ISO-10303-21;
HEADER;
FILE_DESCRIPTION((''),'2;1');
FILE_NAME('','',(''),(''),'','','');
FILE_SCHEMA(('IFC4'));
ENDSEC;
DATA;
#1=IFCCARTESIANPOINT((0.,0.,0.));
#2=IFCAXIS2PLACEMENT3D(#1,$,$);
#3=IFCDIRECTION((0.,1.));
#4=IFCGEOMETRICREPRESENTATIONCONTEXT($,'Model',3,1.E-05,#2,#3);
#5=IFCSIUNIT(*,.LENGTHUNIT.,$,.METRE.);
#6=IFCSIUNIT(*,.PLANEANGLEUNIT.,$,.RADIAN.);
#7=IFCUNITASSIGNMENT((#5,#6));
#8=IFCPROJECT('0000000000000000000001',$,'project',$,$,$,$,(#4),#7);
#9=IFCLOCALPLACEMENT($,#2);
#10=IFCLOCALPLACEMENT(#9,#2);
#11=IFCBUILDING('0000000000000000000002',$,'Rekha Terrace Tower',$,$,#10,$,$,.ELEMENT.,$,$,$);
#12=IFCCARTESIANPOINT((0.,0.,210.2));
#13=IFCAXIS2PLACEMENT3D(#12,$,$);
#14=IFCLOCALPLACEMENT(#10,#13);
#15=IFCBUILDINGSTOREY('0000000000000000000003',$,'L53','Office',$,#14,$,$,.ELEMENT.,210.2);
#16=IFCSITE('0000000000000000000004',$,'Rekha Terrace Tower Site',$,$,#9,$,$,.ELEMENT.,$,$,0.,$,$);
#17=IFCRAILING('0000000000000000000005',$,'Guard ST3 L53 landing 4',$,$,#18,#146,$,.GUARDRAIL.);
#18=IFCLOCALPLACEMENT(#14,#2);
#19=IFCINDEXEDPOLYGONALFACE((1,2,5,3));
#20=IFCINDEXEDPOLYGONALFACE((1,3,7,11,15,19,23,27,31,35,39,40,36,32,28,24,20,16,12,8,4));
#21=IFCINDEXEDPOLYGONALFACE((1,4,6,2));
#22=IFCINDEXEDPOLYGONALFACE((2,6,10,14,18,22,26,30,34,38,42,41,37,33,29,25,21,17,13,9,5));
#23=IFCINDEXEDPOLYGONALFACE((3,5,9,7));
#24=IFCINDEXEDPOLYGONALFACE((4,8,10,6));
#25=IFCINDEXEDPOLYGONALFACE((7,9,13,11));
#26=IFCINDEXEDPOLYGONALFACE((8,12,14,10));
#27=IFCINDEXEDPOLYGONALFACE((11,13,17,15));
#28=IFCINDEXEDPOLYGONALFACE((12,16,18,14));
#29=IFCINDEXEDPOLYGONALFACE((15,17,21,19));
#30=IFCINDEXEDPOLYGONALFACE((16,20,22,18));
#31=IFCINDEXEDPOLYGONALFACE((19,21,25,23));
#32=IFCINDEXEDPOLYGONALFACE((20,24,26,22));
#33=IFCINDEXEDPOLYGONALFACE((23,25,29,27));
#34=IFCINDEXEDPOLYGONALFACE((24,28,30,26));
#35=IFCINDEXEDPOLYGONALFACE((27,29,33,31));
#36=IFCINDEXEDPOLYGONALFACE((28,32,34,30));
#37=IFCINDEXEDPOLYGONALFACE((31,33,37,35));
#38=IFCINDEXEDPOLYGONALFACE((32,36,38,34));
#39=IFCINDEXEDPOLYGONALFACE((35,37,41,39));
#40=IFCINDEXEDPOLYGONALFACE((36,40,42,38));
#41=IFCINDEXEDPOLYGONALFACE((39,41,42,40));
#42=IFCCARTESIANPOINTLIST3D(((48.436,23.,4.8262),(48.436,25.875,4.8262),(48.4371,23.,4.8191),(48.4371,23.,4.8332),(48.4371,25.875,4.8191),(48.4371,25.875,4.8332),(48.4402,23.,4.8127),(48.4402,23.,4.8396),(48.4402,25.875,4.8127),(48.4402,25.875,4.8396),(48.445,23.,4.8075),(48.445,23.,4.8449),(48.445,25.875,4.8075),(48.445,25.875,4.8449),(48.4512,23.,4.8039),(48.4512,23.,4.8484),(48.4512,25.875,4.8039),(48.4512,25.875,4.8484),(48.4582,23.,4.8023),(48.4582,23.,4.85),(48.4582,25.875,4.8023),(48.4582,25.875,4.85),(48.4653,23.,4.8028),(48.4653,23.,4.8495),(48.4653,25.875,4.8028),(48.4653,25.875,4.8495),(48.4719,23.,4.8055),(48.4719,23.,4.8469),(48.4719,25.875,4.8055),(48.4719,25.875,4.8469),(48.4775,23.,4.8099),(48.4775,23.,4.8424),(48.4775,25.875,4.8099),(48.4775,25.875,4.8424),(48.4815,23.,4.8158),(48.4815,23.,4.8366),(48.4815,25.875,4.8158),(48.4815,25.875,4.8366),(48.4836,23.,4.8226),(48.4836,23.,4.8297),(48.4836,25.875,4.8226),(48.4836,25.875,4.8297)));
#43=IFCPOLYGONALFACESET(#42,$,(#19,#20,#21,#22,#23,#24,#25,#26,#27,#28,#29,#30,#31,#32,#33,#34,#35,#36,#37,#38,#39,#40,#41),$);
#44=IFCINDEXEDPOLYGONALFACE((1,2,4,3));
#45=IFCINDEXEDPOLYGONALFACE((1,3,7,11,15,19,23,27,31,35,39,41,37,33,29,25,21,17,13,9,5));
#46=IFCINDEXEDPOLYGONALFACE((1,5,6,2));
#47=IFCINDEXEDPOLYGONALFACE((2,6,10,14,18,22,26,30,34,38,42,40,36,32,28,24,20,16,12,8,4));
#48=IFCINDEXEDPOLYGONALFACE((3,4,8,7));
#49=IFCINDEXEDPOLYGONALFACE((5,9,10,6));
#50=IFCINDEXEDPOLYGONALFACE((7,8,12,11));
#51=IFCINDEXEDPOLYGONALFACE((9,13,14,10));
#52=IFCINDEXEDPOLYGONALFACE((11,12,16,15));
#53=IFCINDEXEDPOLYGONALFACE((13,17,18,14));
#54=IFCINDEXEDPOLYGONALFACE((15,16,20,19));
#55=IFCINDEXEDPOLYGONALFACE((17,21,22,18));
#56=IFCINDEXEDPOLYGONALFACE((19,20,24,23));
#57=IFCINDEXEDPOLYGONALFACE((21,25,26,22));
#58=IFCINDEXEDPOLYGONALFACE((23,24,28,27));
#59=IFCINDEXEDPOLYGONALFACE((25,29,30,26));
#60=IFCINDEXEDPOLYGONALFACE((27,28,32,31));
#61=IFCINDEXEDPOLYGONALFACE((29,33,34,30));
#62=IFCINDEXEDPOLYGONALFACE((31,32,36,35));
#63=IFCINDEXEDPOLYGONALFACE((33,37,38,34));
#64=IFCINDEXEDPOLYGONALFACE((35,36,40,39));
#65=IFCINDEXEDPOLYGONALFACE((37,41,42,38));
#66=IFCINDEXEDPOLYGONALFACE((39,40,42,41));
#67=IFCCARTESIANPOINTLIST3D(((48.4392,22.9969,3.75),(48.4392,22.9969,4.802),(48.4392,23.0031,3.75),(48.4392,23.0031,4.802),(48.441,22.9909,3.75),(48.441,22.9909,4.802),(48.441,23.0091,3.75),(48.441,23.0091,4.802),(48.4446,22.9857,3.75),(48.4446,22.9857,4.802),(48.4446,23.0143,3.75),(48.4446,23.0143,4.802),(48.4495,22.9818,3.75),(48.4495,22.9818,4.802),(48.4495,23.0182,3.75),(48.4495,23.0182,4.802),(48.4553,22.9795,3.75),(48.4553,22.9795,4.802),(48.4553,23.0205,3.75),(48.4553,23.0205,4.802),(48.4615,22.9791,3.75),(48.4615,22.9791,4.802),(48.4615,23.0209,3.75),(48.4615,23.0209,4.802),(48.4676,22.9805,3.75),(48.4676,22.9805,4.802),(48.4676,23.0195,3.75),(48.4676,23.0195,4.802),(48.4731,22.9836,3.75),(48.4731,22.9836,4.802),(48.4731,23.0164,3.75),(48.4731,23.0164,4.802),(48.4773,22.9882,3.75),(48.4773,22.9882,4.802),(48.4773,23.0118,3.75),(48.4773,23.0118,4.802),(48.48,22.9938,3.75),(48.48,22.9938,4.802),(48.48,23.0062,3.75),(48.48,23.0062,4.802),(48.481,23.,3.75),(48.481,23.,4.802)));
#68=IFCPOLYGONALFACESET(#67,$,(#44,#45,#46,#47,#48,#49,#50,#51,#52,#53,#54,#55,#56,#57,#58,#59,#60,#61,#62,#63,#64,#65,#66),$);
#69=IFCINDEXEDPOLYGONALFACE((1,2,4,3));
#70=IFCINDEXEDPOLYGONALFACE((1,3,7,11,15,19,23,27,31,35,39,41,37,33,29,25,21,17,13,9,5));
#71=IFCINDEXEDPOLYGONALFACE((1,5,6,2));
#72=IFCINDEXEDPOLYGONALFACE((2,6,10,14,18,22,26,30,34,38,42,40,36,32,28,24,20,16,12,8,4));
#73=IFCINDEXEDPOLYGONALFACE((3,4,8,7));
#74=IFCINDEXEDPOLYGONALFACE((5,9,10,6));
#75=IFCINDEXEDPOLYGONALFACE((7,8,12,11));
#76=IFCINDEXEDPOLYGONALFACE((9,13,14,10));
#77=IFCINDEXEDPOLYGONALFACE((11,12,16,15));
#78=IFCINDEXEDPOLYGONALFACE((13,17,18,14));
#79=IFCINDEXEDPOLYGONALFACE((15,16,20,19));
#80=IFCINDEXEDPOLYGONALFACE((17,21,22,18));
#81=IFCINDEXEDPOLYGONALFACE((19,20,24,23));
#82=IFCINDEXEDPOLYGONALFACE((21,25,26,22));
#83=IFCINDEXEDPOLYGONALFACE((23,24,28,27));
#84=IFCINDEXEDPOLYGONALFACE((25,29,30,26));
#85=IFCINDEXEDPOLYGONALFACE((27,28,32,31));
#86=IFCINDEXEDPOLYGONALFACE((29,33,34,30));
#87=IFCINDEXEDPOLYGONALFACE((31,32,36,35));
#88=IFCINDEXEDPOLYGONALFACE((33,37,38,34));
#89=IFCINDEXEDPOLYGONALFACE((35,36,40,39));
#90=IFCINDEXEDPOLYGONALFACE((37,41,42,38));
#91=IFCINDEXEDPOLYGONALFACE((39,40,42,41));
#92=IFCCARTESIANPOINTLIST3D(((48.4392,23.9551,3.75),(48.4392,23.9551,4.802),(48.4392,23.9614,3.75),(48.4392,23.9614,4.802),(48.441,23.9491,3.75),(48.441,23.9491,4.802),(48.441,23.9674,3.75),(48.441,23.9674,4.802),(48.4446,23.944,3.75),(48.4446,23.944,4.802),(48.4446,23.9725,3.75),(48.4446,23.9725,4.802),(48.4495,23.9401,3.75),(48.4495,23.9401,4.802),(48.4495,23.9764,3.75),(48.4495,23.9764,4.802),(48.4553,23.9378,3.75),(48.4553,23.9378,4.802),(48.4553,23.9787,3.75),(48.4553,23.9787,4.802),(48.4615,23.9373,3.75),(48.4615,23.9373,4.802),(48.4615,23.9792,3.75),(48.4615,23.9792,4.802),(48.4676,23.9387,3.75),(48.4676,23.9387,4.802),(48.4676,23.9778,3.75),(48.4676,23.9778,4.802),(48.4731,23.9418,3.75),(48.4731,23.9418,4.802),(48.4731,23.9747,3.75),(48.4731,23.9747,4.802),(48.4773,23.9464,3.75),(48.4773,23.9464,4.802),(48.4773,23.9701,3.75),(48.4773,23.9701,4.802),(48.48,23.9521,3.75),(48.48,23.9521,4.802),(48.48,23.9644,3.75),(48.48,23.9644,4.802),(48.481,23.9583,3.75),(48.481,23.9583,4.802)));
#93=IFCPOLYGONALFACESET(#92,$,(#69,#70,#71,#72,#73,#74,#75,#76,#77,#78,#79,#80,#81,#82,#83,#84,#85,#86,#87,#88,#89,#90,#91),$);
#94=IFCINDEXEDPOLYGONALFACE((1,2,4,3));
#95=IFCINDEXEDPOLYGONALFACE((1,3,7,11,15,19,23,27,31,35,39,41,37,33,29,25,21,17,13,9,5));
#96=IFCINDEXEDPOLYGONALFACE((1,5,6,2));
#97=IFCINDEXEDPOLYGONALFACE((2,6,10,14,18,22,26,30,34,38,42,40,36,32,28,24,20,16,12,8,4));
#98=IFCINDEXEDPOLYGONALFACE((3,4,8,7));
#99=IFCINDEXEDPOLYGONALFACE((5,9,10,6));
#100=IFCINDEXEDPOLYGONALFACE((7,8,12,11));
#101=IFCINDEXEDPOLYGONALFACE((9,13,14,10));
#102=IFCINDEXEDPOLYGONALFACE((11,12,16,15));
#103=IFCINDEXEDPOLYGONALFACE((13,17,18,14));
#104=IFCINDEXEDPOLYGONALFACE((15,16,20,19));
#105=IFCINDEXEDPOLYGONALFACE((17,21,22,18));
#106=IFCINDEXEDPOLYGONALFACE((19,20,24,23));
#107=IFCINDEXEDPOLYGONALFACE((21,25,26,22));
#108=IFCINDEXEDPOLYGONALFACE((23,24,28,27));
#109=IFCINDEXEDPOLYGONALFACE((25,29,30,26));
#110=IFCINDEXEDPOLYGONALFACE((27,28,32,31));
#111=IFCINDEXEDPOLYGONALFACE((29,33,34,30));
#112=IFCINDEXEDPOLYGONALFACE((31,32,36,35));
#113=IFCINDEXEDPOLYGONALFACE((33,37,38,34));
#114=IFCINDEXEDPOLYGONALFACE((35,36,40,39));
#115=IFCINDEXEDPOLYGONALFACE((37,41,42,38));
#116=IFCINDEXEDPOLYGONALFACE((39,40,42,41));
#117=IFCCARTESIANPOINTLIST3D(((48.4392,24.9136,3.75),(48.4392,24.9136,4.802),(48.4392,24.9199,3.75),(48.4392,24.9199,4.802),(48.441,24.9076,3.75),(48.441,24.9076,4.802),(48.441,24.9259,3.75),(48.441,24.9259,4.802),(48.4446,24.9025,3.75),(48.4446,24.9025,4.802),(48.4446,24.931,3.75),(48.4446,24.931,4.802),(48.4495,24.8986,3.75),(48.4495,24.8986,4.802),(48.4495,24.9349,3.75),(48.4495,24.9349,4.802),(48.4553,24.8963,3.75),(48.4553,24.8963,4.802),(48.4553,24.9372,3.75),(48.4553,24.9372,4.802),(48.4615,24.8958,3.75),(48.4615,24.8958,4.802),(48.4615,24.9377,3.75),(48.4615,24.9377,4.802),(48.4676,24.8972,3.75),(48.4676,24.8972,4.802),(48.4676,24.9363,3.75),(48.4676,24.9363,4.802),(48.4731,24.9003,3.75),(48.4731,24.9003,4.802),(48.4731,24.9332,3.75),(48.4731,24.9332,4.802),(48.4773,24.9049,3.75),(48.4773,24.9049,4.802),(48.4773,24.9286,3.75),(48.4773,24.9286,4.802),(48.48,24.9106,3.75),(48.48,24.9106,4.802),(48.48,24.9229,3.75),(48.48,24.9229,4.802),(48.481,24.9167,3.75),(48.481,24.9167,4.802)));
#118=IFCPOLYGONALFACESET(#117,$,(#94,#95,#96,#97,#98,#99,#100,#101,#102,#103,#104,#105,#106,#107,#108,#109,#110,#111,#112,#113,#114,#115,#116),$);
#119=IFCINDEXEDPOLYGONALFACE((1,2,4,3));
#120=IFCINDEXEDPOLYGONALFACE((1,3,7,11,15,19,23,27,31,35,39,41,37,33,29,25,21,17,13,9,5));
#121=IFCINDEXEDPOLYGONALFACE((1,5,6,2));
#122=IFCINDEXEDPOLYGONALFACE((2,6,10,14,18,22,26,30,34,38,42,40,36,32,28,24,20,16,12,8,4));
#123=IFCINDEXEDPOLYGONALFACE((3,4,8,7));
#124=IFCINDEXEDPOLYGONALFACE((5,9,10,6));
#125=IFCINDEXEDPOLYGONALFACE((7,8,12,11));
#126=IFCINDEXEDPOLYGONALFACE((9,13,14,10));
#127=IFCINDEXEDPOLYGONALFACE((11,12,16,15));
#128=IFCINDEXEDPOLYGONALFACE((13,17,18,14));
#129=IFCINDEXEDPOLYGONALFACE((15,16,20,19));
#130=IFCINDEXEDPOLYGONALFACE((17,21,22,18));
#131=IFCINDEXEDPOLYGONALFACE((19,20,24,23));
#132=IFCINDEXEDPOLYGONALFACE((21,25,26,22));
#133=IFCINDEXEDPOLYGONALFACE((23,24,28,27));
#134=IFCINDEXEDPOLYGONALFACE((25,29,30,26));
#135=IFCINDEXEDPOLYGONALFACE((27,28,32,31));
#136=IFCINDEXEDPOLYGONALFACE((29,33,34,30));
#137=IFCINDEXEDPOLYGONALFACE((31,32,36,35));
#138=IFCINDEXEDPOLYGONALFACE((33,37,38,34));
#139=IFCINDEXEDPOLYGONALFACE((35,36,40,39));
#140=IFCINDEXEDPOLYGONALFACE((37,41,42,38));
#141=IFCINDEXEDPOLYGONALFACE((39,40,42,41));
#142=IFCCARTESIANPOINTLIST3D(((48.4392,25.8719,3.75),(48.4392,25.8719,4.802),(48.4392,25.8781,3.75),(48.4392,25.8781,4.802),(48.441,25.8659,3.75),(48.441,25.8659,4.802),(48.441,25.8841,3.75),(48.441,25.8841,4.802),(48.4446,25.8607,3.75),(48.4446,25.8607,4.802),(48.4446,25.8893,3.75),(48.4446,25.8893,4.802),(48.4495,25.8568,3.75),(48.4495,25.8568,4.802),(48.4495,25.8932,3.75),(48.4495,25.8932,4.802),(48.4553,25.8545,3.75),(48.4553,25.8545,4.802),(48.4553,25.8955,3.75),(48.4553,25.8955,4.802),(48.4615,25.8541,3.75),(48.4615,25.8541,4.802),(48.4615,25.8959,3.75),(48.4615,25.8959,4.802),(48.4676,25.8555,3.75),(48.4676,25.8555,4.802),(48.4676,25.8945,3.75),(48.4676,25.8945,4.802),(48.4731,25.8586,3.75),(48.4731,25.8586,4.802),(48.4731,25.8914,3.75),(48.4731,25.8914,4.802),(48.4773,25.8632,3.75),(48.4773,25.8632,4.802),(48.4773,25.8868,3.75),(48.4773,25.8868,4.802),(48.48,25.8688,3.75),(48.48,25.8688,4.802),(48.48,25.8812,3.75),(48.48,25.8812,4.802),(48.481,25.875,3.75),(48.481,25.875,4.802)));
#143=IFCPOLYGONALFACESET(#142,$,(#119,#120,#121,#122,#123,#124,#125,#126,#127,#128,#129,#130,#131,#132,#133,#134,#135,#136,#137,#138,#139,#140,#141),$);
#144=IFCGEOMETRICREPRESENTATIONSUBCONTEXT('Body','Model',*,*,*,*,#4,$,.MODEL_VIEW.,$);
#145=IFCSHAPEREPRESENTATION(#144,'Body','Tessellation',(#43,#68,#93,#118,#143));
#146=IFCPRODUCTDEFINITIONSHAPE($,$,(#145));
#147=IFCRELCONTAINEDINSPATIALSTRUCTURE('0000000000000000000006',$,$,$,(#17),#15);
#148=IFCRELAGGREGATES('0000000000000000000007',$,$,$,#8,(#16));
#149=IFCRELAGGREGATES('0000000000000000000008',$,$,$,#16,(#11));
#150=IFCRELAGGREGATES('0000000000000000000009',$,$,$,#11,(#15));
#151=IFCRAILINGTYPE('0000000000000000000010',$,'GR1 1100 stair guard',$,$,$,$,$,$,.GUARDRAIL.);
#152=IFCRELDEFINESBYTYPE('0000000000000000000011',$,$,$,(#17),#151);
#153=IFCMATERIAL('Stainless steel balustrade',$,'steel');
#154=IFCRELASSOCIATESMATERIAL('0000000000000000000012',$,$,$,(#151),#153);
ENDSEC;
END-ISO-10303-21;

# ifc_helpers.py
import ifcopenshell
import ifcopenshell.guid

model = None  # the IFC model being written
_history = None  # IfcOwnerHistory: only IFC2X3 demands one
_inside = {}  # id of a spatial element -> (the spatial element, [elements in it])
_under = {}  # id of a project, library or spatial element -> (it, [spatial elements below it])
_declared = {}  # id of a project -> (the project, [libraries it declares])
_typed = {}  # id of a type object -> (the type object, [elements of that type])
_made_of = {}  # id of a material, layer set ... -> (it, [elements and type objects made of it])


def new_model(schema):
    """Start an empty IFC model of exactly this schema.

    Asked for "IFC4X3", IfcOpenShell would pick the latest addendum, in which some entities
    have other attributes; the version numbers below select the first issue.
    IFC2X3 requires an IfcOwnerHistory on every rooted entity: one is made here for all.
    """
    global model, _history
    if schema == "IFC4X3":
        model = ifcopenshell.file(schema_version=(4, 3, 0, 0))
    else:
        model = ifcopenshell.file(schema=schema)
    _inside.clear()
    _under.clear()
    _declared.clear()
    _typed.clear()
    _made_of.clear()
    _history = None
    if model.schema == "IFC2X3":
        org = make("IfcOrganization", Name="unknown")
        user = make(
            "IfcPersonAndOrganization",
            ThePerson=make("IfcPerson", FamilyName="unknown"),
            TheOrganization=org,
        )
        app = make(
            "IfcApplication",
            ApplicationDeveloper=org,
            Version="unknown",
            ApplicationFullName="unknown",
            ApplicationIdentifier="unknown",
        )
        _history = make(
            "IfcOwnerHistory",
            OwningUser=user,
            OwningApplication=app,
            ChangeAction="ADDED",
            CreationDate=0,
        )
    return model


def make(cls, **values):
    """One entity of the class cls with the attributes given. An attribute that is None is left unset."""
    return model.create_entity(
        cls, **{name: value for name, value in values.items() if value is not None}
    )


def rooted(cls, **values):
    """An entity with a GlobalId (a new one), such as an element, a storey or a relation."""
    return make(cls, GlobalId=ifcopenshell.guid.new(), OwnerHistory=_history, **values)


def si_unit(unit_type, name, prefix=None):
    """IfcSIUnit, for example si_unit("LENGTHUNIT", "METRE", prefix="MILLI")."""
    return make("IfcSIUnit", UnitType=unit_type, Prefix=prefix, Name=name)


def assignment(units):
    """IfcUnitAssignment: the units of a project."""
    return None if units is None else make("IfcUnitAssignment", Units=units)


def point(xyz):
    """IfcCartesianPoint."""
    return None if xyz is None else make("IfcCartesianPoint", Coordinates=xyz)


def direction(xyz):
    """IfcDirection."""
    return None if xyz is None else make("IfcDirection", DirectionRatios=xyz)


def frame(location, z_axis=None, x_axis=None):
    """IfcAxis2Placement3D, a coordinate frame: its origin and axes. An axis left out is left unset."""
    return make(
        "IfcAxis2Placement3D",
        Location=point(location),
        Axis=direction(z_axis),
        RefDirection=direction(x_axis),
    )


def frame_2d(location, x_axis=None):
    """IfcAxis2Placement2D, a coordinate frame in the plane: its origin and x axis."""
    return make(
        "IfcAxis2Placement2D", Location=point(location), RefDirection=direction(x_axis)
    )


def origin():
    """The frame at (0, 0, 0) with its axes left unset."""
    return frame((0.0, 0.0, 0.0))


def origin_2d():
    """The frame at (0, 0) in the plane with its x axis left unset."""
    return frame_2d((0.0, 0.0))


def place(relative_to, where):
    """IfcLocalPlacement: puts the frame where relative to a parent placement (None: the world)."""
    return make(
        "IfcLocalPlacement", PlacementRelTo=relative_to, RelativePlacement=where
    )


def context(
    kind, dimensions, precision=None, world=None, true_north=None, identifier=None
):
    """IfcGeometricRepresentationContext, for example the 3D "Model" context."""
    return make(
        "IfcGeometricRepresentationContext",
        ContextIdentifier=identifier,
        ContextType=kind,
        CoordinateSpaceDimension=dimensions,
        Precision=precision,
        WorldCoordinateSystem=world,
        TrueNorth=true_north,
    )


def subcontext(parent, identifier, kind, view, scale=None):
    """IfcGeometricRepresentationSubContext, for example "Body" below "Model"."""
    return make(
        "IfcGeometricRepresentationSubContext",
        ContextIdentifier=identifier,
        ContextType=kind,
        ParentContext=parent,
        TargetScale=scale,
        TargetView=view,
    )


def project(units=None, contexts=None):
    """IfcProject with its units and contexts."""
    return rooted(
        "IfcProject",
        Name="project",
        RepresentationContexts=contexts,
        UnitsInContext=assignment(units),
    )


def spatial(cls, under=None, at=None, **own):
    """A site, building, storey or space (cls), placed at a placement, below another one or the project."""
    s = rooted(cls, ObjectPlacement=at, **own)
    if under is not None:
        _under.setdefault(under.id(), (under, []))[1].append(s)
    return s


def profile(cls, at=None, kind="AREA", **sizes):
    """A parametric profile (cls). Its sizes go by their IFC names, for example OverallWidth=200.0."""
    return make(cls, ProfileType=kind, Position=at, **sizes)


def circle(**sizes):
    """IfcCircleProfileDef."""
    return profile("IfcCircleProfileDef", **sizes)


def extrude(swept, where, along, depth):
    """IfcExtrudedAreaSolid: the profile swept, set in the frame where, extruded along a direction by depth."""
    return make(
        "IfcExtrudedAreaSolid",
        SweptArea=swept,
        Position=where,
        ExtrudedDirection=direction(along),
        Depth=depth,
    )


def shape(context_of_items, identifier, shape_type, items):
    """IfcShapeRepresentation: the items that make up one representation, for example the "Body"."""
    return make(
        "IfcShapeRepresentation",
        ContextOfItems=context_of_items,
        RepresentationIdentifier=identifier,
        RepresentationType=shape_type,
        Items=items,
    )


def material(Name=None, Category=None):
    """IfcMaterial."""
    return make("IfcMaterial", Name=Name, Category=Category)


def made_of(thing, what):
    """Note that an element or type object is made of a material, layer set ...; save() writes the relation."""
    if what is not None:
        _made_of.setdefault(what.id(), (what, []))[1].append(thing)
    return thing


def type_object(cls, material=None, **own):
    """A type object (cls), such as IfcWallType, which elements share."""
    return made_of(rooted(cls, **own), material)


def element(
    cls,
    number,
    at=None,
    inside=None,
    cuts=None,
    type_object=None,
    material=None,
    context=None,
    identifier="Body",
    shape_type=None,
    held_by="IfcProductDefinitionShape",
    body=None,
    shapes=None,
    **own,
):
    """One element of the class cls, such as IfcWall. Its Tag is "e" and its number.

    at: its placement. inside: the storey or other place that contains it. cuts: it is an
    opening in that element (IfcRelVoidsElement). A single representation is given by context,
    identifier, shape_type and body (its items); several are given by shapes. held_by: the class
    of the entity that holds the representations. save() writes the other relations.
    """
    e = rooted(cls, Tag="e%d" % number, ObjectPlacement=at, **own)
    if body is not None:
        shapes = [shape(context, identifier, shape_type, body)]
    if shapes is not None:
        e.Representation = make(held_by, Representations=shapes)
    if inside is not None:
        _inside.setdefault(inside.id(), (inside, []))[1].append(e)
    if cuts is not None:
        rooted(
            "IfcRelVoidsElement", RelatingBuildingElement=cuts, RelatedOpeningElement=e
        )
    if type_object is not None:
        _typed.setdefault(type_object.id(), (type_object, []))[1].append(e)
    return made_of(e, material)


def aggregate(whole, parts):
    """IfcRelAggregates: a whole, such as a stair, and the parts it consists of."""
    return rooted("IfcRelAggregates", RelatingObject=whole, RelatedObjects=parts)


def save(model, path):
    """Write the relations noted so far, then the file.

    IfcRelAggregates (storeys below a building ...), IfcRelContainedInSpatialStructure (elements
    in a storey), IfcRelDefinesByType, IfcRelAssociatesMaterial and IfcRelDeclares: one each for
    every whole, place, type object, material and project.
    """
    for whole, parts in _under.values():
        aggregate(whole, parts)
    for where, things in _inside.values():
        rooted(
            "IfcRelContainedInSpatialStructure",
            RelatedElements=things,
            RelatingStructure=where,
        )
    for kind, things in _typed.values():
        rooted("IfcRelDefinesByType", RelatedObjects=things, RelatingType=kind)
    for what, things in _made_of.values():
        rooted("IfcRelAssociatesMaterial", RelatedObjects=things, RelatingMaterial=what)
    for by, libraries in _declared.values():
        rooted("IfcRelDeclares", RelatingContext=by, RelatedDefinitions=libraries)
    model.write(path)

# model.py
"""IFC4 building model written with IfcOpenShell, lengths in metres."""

from ifc_helpers import new_model, si_unit, direction, frame, origin, origin_2d, place, context, subcontext, project, spatial, circle, extrude, material, type_object, element, save


model = new_model("IFC4")

# Units and contexts
model_context = context("Model", 3, precision=1e-05, world=origin(), true_north=direction((0.0, 1.0)))
body_context = subcontext(model_context, "Body", "Model", "MODEL_VIEW")
ifc_project = project(units=[si_unit("LENGTHUNIT", "METRE"), si_unit("PLANEANGLEUNIT", "RADIAN")], contexts=[model_context])

# Site, building, storey
site_placement = place(None, origin())
site = spatial("IfcSite", under=ifc_project, at=site_placement, Name="Rekha Terrace Tower Site", CompositionType="ELEMENT", RefElevation=0.0)
building_placement = place(site_placement, origin())
building = spatial("IfcBuilding", under=site, at=building_placement, Name="Rekha Terrace Tower", CompositionType="ELEMENT")
storey_placement = place(building_placement, frame((0.0, 0.0, 210.2)))
storey = spatial("IfcBuildingStorey", under=building, at=storey_placement, Name="L53", Description="Office", CompositionType="ELEMENT", Elevation=210.2)

# Railing
ifc_material_1 = material(Name="Stainless steel balustrade", Category="steel")
railing_type_1 = type_object("IfcRailingType", Name="GR1 1100 stair guard", PredefinedType="GUARDRAIL", material=ifc_material_1)
railing_1_placement = place(storey_placement, frame((48.46, 23.0, 3.75)))
element("IfcRailing", 1, at=railing_1_placement, inside=storey, type_object=railing_type_1, Name="Guard ST3 L53 landing 4", PredefinedType="GUARDRAIL", context=body_context, shape_type="SweptSolid", body=[
    extrude(circle(Radius=0.0239, at=origin_2d()), frame((0.0, 0.0, 1.0762), z_axis=(0.0, 1.0, 0.0), x_axis=(-1.0, 0.0, 0.0)), (0.0, 0.0, 1.0), 2.875),
    extrude(circle(Radius=0.021, at=origin_2d()), origin(), (0.0, 0.0, 1.0), 1.052),
    extrude(circle(Radius=0.021, at=origin_2d()), frame((0.0, 0.9583, 0.0)), (0.0, 0.0, 1.0), 1.052),
    extrude(circle(Radius=0.021, at=origin_2d()), frame((0.0, 1.9167, 0.0)), (0.0, 0.0, 1.0), 1.052),
    extrude(circle(Radius=0.021, at=origin_2d()), frame((0.0, 2.875, 0.0)), (0.0, 0.0, 1.0), 1.052),
])

save(model, "model.ifc")
